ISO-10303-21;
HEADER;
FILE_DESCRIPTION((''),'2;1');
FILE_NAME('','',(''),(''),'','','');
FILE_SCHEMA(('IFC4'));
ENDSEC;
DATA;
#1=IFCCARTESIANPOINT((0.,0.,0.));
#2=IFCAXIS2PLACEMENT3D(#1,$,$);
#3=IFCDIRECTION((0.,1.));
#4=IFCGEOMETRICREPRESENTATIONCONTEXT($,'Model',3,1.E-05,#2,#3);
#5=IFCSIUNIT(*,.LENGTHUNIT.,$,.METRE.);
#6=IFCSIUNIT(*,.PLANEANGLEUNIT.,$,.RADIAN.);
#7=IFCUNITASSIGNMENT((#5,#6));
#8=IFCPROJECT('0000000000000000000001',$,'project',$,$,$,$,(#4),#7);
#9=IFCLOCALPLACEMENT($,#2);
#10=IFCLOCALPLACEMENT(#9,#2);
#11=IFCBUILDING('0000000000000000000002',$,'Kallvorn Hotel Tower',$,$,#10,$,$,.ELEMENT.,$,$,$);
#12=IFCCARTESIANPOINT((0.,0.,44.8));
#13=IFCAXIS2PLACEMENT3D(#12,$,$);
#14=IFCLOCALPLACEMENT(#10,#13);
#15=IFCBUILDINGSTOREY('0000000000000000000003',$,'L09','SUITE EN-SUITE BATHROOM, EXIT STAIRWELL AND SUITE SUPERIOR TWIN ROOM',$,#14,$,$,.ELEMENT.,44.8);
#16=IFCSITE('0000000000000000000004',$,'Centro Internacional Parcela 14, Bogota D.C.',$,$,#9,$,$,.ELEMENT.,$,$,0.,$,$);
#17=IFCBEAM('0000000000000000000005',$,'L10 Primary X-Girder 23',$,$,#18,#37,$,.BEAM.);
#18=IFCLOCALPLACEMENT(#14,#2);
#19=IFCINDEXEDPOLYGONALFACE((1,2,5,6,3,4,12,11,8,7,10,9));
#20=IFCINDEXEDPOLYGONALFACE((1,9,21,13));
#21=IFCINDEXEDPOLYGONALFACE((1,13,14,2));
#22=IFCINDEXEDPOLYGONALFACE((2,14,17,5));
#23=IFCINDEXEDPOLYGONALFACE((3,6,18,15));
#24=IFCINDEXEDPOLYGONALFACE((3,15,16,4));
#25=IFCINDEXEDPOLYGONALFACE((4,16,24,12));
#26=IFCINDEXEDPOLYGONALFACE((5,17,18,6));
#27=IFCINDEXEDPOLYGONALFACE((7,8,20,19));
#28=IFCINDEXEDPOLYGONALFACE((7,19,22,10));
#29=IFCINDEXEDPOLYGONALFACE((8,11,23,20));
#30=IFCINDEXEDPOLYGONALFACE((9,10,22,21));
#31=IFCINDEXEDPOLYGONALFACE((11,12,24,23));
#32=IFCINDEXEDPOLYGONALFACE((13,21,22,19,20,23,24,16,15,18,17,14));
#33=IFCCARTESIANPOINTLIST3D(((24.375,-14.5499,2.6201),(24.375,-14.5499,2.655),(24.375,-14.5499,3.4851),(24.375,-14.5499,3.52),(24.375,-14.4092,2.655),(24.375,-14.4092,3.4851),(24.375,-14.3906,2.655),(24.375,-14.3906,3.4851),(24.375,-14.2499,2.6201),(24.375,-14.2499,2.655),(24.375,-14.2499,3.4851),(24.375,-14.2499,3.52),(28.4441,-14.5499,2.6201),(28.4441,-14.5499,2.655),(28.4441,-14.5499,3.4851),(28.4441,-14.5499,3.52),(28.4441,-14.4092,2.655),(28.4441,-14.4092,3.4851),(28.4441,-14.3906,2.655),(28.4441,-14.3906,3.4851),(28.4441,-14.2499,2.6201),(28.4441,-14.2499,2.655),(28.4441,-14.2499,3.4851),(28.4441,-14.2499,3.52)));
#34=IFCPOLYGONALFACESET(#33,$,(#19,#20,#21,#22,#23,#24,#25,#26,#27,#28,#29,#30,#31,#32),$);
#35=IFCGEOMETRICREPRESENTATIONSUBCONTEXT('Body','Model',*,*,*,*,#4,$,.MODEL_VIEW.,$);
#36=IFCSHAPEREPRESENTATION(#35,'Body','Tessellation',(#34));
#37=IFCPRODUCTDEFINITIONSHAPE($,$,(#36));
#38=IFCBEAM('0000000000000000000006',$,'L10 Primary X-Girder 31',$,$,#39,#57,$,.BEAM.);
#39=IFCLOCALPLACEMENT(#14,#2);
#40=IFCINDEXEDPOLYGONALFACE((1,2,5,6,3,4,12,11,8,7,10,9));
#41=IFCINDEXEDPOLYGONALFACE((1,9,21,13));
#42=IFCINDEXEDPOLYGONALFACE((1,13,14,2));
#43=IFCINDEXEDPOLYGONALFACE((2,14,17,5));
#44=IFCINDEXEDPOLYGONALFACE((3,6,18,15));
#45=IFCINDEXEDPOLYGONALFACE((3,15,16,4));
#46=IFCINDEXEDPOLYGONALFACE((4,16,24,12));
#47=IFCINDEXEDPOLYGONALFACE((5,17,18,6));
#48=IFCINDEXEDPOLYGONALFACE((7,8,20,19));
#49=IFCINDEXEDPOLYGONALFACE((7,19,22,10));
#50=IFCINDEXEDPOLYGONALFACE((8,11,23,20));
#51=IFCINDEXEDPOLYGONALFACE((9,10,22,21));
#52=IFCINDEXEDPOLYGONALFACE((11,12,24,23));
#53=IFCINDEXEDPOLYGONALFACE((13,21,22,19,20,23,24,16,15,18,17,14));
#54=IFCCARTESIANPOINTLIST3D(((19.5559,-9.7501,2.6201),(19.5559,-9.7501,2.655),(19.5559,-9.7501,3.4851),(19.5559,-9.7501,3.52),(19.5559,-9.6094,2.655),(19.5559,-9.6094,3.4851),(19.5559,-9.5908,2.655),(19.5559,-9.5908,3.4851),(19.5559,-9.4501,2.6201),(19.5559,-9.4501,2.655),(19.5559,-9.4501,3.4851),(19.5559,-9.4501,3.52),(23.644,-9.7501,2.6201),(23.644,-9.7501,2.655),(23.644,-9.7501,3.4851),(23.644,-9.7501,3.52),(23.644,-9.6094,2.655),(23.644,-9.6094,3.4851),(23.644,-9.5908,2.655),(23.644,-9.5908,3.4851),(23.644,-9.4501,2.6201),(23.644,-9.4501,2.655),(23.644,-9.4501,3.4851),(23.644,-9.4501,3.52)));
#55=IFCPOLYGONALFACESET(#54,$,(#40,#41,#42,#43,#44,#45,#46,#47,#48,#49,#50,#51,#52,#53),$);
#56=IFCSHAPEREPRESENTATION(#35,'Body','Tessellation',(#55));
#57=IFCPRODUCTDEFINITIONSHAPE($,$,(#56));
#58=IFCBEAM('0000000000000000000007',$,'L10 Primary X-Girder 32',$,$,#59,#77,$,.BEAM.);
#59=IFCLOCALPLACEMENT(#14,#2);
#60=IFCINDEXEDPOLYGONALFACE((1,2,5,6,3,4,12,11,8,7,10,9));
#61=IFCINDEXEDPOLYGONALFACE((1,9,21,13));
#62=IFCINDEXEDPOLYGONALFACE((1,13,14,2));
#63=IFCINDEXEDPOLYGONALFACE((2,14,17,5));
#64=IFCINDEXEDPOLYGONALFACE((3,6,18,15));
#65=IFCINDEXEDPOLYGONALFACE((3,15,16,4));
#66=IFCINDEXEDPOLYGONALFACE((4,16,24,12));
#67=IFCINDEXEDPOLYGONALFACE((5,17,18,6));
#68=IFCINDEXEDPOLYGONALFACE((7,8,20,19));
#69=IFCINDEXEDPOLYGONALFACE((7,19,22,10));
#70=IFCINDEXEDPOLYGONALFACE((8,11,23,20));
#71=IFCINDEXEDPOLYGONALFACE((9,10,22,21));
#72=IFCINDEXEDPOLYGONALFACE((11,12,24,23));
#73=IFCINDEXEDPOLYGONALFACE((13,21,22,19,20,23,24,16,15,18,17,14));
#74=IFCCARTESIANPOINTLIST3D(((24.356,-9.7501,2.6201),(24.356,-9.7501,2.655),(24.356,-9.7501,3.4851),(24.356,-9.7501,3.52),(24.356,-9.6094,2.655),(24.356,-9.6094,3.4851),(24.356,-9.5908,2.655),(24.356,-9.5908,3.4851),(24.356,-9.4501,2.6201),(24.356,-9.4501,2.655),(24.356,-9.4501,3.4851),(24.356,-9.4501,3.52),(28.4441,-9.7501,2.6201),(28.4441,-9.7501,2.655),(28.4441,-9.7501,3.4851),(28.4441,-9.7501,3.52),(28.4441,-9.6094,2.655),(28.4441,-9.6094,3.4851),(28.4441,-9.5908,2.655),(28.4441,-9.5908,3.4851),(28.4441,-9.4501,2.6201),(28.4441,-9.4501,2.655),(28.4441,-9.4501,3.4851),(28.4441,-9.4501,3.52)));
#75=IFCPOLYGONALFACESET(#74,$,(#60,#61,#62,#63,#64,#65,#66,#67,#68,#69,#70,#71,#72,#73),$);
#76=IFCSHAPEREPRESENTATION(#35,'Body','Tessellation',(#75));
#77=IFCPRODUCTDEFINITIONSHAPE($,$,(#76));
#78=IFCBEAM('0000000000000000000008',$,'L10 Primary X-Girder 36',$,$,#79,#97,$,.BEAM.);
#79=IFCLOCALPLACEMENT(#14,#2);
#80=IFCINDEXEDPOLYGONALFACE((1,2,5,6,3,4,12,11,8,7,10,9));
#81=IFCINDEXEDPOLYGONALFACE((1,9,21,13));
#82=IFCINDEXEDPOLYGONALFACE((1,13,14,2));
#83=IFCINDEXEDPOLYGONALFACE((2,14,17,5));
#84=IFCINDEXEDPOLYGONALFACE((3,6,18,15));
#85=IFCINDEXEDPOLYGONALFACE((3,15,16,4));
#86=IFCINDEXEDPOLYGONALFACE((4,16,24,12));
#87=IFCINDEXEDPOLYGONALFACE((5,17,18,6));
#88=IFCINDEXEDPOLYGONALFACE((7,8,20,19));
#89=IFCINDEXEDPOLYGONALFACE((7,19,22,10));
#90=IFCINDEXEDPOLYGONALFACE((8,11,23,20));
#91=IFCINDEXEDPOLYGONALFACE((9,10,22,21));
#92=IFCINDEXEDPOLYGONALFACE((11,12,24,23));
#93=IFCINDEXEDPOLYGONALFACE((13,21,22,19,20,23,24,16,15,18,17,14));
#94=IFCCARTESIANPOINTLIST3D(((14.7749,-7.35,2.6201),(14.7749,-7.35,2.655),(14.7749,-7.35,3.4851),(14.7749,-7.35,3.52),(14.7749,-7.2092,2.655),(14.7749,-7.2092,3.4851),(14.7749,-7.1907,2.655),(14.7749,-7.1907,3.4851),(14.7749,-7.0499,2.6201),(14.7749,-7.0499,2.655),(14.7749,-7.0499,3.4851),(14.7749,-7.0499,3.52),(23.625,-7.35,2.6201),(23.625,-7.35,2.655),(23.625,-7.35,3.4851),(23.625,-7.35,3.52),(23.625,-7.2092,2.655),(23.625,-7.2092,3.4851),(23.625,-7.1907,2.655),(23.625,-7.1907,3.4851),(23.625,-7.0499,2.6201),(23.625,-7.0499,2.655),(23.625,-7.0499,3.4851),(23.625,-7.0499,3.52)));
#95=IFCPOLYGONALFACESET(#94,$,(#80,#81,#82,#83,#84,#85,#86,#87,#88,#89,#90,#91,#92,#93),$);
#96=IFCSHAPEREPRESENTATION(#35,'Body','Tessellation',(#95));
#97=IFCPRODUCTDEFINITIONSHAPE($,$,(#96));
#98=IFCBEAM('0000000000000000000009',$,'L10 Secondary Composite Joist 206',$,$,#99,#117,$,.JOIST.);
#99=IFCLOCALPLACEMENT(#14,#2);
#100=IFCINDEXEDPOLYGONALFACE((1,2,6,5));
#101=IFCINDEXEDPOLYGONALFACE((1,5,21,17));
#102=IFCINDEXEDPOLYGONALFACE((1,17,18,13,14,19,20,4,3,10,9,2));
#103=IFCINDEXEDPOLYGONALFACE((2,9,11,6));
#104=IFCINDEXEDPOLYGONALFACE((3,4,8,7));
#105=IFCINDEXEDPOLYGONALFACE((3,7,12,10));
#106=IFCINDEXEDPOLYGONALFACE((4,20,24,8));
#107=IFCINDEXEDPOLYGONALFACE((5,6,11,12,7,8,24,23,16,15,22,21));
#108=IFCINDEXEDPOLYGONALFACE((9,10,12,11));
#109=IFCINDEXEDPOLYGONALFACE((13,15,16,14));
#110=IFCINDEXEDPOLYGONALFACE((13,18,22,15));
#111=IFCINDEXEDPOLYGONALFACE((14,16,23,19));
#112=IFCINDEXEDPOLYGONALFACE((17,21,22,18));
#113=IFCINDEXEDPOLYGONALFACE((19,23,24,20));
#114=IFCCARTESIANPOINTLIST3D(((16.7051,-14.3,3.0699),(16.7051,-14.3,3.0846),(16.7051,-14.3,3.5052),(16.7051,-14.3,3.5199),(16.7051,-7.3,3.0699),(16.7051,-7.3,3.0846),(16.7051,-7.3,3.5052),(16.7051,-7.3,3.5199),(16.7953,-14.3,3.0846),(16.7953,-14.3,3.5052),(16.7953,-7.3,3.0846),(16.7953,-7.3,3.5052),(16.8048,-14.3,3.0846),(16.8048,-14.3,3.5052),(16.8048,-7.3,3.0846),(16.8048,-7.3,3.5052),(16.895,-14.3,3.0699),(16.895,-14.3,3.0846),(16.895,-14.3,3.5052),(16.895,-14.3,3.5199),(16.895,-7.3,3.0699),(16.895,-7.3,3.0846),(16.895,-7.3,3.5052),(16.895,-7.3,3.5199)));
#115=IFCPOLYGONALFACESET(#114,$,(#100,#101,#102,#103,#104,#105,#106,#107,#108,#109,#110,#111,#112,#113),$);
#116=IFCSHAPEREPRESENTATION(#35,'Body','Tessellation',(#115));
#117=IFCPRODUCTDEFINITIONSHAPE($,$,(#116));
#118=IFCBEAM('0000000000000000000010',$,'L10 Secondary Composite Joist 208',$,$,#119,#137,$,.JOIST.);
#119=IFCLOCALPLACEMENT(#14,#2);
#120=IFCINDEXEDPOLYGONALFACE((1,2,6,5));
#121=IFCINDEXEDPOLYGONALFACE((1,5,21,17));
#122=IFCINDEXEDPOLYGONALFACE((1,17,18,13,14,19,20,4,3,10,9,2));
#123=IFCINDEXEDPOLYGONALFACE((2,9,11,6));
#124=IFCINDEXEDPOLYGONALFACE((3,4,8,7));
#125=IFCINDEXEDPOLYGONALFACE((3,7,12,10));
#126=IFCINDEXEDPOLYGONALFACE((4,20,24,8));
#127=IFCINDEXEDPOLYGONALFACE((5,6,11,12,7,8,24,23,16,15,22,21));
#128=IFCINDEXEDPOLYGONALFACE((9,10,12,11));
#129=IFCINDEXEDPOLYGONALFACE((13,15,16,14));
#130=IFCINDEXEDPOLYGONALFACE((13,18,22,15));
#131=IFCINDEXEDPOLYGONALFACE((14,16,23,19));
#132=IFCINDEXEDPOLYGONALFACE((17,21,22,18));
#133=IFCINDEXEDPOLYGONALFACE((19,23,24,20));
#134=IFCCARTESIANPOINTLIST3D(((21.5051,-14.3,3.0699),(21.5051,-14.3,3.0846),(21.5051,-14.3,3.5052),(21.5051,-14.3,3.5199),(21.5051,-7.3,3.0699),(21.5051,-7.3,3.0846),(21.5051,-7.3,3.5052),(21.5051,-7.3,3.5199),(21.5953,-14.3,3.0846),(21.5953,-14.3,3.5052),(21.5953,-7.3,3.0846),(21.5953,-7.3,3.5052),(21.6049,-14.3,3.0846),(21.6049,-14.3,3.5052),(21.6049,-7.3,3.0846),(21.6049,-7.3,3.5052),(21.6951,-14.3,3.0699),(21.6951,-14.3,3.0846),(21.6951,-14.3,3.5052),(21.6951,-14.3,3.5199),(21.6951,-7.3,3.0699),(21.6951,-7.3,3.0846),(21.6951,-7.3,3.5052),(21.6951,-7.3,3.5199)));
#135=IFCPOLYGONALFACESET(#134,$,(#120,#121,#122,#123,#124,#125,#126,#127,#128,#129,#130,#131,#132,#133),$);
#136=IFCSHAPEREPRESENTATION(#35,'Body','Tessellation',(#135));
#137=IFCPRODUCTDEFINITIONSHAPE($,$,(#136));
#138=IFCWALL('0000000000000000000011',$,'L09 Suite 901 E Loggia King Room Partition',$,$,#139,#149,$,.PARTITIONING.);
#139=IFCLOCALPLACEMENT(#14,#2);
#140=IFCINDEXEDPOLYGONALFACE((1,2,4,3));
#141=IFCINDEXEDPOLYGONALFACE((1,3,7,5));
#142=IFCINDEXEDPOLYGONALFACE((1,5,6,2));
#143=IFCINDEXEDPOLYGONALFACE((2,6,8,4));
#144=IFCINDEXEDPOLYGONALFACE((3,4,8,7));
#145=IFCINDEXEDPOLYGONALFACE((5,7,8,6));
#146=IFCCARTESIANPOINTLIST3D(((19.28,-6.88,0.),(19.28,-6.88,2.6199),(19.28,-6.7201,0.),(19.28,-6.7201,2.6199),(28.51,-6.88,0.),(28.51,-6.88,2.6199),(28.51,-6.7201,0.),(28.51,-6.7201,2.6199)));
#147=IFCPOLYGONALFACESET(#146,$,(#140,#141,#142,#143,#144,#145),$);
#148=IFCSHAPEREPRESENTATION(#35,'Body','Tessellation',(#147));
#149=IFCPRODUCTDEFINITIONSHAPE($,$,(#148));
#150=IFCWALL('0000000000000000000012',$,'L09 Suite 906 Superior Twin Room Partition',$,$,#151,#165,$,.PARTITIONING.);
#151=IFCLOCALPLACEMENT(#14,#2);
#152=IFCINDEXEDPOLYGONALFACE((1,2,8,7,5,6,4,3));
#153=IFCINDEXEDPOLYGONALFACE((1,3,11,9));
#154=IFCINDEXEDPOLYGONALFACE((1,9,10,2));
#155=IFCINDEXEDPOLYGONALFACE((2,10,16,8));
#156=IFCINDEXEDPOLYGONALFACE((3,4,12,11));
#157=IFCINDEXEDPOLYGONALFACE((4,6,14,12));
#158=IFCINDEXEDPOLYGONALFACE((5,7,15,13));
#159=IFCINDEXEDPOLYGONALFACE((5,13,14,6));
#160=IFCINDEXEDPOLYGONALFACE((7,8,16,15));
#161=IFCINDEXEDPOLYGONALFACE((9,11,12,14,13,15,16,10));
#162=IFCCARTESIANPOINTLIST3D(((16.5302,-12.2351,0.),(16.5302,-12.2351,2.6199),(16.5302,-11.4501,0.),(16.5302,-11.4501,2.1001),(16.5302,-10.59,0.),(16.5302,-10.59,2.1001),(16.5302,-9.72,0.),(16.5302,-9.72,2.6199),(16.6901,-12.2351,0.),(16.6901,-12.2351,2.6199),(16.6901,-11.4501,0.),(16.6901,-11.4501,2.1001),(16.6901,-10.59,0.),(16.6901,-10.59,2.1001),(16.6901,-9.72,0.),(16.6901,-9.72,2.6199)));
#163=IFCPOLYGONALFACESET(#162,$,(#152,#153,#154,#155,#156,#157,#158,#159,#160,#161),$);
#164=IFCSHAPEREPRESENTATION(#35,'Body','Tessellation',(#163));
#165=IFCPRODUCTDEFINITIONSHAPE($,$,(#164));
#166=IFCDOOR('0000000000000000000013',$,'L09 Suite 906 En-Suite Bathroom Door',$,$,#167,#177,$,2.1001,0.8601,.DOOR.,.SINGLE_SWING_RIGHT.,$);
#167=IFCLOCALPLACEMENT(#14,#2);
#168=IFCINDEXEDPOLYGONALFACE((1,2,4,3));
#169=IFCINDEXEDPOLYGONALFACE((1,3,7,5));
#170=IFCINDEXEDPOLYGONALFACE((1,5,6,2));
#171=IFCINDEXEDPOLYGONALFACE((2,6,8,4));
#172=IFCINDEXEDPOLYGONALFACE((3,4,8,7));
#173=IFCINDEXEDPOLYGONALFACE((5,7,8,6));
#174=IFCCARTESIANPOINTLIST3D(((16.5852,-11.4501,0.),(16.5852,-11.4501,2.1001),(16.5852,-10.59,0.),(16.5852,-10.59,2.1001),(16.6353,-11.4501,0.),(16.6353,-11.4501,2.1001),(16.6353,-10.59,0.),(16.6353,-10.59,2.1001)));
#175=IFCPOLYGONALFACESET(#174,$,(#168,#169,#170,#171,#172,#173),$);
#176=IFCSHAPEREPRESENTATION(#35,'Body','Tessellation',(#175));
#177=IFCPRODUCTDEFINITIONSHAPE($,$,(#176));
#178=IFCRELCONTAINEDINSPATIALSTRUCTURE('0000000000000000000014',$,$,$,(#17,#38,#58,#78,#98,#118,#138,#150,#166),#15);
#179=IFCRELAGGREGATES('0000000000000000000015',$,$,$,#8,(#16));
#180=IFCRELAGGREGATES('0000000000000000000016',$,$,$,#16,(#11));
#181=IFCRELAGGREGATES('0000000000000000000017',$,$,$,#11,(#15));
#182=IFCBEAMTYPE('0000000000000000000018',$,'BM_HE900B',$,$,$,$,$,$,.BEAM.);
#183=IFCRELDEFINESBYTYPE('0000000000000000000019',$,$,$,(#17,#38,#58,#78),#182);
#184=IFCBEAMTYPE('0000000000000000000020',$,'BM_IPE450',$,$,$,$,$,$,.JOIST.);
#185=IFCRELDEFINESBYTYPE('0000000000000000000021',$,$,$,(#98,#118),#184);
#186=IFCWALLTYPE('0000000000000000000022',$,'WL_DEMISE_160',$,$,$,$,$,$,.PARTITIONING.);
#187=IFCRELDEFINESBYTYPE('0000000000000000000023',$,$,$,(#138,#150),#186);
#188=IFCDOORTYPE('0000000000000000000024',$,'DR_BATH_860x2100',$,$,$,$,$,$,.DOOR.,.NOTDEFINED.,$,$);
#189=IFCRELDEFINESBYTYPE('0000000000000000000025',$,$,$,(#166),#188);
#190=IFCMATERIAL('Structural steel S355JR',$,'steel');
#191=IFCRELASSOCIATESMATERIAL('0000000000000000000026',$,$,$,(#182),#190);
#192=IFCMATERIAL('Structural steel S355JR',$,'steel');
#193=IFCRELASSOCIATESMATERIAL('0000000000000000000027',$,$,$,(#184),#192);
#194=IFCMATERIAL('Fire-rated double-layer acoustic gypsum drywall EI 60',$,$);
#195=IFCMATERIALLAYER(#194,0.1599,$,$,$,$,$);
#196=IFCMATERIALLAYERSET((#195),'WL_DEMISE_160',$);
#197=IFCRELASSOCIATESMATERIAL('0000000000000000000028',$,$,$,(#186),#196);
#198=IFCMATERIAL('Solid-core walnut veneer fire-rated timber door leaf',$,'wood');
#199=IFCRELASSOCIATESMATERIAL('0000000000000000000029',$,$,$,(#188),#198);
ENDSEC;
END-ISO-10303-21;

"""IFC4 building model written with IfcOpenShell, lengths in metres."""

from ifc_helpers import new_model, si_unit, direction, frame, frame_2d, origin, origin_2d, place, context, subcontext, project, spatial, rectangle, i_section, extrude, material, layer, layer_set, material_profile, profile_set, type_object, element, fill, save


model = new_model("IFC4")

# Units and contexts
model_context = context("Model", 3, precision=1e-05, world=origin(), true_north=direction((0.0, 1.0)))
body_context = subcontext(model_context, "Body", "Model", "MODEL_VIEW")
ifc_project = project(units=[si_unit("LENGTHUNIT", "METRE"), si_unit("PLANEANGLEUNIT", "RADIAN")], contexts=[model_context])

# Site, building, storey
site_placement = place(None, origin())
site = spatial("IfcSite", under=ifc_project, at=site_placement, Name="Centro Internacional Parcela 14, Bogota D.C.", CompositionType="ELEMENT", RefElevation=0.0)
building_placement = place(site_placement, origin())
building = spatial("IfcBuilding", under=site, at=building_placement, Name="Kallvorn Hotel Tower", CompositionType="ELEMENT")
storey_placement = place(building_placement, frame((0.0, 0.0, 44.8)))
storey = spatial("IfcBuildingStorey", under=building, at=storey_placement, Name="L09", Description="SUITE EN-SUITE BATHROOM, EXIT STAIRWELL AND SUITE SUPERIOR TWIN ROOM", CompositionType="ELEMENT", Elevation=44.8)

# Beams
ifc_material_1 = material(Name="Structural steel S355JR", Category="steel")
ifc_material_profile_1 = material_profile(ifc_material_1, i_section(OverallWidth=0.3, OverallDepth=0.8999, WebThickness=0.0186, FlangeThickness=0.0349, at=origin_2d()), Name="HE 900 B")
ifc_profile_set_1 = profile_set([ifc_material_profile_1], Name="Structural steel S355JR")
beam_type_1 = type_object("IfcBeamType", Name="BM_HE900B", PredefinedType="BEAM", material=ifc_profile_set_1)
for number, where, z_axis, x_axis, name in (
    (1, (24.375, -14.3999, 3.0701), (1.0, 0.0, 0.0), (0.0, 1.0, 0.0), "L10 Primary X-Girder 23"),
):
    element("IfcBeam", number, at=place(storey_placement, frame(where, z_axis=z_axis, x_axis=x_axis)), inside=storey, type_object=beam_type_1, Name=name, PredefinedType="BEAM", context=body_context, shape_type="SweptSolid", body=[
        extrude(i_section(OverallWidth=0.3, OverallDepth=0.8999, WebThickness=0.0186, FlangeThickness=0.0349, at=origin_2d()), origin(), (0.0, 0.0, 1.0), 4.0691),
    ])
for number, where, z_axis, x_axis, name in (
    (2, (19.5559, -9.6001, 3.0701), (1.0, 0.0, 0.0), (0.0, 1.0, 0.0), "L10 Primary X-Girder 31"),
    (3, (24.356, -9.6001, 3.0701), (1.0, 0.0, 0.0), (0.0, 1.0, 0.0), "L10 Primary X-Girder 32"),
):
    element("IfcBeam", number, at=place(storey_placement, frame(where, z_axis=z_axis, x_axis=x_axis)), inside=storey, type_object=beam_type_1, Name=name, PredefinedType="BEAM", context=body_context, shape_type="SweptSolid", body=[
        extrude(i_section(OverallWidth=0.3, OverallDepth=0.8999, WebThickness=0.0186, FlangeThickness=0.0349, at=origin_2d()), origin(), (0.0, 0.0, 1.0), 4.0881),
    ])
beam_1_placement = place(storey_placement, frame((14.7749, -7.2, 3.0701), z_axis=(1.0, 0.0, 0.0), x_axis=(0.0, 1.0, 0.0)))
element("IfcBeam", 4, at=beam_1_placement, inside=storey, type_object=beam_type_1, Name="L10 Primary X-Girder 36", PredefinedType="BEAM", context=body_context, shape_type="SweptSolid", body=[
    extrude(i_section(OverallWidth=0.3, OverallDepth=0.8999, WebThickness=0.0186, FlangeThickness=0.0349, at=origin_2d()), origin(), (0.0, 0.0, 1.0), 8.8501),
])
ifc_material_2 = material(Name="Structural steel S355JR", Category="steel")
ifc_material_profile_2 = material_profile(ifc_material_2, i_section(OverallWidth=0.1899, OverallDepth=0.45, WebThickness=0.0095, FlangeThickness=0.0146, at=origin_2d()), Name="IPE 450")
ifc_profile_set_2 = profile_set([ifc_material_profile_2], Name="Structural steel S355JR")
beam_type_2 = type_object("IfcBeamType", Name="BM_IPE450", PredefinedType="JOIST", material=ifc_profile_set_2)
for number, where, z_axis, x_axis, name in (
    (5, (16.8, -14.3, 3.2949), (0.0, 1.0, 0.0), (-1.0, 0.0, 0.0), "L10 Secondary Composite Joist 206"),
    (6, (21.6001, -14.3, 3.2949), (0.0, 1.0, 0.0), (-1.0, 0.0, 0.0), "L10 Secondary Composite Joist 208"),
):
    element("IfcBeam", number, at=place(storey_placement, frame(where, z_axis=z_axis, x_axis=x_axis)), inside=storey, type_object=beam_type_2, Name=name, PredefinedType="JOIST", context=body_context, shape_type="SweptSolid", body=[
        extrude(i_section(OverallWidth=0.1899, OverallDepth=0.45, WebThickness=0.0095, FlangeThickness=0.0146, at=origin_2d()), origin(), (0.0, 0.0, 1.0), 7.0),
    ])

# Wall
ifc_material_3 = material(Name="Fire-rated double-layer acoustic gypsum drywall EI 60")
ifc_layer = layer(ifc_material_3, 0.1599)
ifc_layer_set = layer_set([ifc_layer], Name="WL_DEMISE_160")
wall_type = type_object("IfcWallType", Name="WL_DEMISE_160", PredefinedType="PARTITIONING", material=ifc_layer_set)
wall_1_placement = place(storey_placement, frame((19.28, -6.8, 0.0), z_axis=(0.0, 0.0, 1.0), x_axis=(1.0, 0.0, 0.0)))
element("IfcWall", 7, at=wall_1_placement, inside=storey, type_object=wall_type, Name="L09 Suite 901 E Loggia King Room Partition", PredefinedType="PARTITIONING", context=body_context, shape_type="SweptSolid", body=[
    extrude(rectangle(XDim=9.23, YDim=0.1599, at=frame_2d((4.615, 0.0))), origin(), (0.0, 0.0, 1.0), 2.6199),
])

# Wall, opening, door
wall_2_placement = place(storey_placement, frame((16.6101, -12.2351, 0.0), z_axis=(0.0, 0.0, 1.0), x_axis=(0.0, 1.0, 0.0)))
wall_2 = element("IfcWall", 8, at=wall_2_placement, inside=storey, type_object=wall_type, Name="L09 Suite 906 Superior Twin Room Partition", PredefinedType="PARTITIONING", context=body_context, shape_type="SweptSolid", body=[
    extrude(rectangle(XDim=2.5151, YDim=0.1599, at=frame_2d((1.2576, 0.0))), origin(), (0.0, 0.0, 1.0), 2.6199),
])
opening_1_placement = place(wall_2_placement, frame((0.7849, 0.0, 0.0)))
opening_1 = element("IfcOpeningElement", 9, at=opening_1_placement, cuts=wall_2, PredefinedType="OPENING", context=body_context, shape_type="SweptSolid", body=[
    extrude(rectangle(XDim=0.8601, YDim=2.1001, at=frame_2d((0.4302, 1.05))), frame((0.0, 0.095, 0.0), z_axis=(0.0, -1.0, 0.0), x_axis=(1.0, 0.0, 0.0)), (0.0, 0.0, 1.0), 0.1899),
])
ifc_material_4 = material(Name="Solid-core walnut veneer fire-rated timber door leaf", Category="wood")
door_type_1 = type_object("IfcDoorType", Name="DR_BATH_860x2100", OperationType="NOTDEFINED", PredefinedType="DOOR", material=ifc_material_4)
door_1_placement = place(opening_1_placement, origin())
door_1 = element("IfcDoor", 10, at=door_1_placement, inside=storey, type_object=door_type_1, Name="L09 Suite 906 En-Suite Bathroom Door", OperationType="SINGLE_SWING_RIGHT", OverallHeight=2.1001, OverallWidth=0.8601, PredefinedType="DOOR", context=body_context, shape_type="SweptSolid", body=[
    extrude(rectangle(XDim=0.8601, YDim=2.1001, at=frame_2d((0.4302, 1.05))), frame((0.0, 0.0249, 0.0), z_axis=(0.0, -1.0, 0.0), x_axis=(1.0, 0.0, 0.0)), (0.0, 0.0, 1.0), 0.05),
])
fill(opening_1, door_1)

save(model, "model.ifc")
